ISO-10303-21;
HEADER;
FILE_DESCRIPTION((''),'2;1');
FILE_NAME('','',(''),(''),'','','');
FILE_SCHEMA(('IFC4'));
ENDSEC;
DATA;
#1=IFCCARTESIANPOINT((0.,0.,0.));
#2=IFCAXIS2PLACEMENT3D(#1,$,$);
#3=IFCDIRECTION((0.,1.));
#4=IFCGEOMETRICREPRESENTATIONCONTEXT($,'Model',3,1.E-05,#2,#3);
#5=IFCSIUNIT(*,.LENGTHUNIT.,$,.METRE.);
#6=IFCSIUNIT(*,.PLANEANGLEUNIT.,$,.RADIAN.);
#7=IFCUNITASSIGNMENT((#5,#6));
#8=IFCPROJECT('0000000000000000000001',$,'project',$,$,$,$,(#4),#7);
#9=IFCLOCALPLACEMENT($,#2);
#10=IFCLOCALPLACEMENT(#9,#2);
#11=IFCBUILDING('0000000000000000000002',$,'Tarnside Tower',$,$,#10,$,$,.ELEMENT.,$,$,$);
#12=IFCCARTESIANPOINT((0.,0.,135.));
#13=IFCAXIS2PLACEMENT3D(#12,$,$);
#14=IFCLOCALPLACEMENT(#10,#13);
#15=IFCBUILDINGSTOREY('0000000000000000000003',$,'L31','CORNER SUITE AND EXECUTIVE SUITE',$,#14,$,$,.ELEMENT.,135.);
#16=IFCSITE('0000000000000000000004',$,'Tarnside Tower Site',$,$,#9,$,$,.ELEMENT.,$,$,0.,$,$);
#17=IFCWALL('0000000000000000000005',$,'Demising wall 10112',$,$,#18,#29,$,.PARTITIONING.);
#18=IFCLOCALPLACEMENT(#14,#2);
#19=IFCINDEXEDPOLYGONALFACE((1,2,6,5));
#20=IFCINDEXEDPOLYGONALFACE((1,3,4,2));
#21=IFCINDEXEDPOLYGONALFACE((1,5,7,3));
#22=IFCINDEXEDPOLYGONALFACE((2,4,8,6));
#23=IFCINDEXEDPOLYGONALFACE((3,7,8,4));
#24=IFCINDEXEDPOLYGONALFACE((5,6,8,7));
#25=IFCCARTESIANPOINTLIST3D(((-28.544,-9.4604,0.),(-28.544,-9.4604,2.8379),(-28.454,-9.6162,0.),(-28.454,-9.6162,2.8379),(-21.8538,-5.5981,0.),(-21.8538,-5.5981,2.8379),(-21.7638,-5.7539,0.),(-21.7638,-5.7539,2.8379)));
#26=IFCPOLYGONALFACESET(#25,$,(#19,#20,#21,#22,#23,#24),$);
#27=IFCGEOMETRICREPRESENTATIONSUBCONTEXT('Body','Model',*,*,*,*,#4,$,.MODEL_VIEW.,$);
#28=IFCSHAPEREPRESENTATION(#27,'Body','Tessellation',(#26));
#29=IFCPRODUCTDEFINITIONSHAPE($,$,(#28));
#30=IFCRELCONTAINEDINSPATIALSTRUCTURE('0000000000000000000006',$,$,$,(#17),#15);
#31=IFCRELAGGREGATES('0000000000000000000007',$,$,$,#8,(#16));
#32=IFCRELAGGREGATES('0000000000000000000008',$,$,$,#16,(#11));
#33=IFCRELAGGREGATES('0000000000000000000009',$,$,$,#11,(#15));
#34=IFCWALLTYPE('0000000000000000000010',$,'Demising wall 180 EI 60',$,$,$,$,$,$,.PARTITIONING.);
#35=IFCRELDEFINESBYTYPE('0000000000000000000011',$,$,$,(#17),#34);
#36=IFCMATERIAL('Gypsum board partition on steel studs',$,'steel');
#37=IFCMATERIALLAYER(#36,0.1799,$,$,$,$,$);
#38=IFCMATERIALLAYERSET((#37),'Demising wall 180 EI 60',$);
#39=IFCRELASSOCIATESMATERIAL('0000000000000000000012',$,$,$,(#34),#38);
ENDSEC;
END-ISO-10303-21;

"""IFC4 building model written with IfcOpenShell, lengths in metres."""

from ifc_helpers import new_model, si_unit, direction, frame, frame_2d, origin, place, context, subcontext, project, spatial, rectangle, extrude, material, layer, layer_set, type_object, element, save


model = new_model("IFC4")

# Units and contexts
model_context = context("Model", 3, precision=1e-05, world=origin(), true_north=direction((0.0, 1.0)))
body_context = subcontext(model_context, "Body", "Model", "MODEL_VIEW")
ifc_project = project(units=[si_unit("LENGTHUNIT", "METRE"), si_unit("PLANEANGLEUNIT", "RADIAN")], contexts=[model_context])

# Site, building, storey
site_placement = place(None, origin())
site = spatial("IfcSite", under=ifc_project, at=site_placement, Name="Tarnside Tower Site", CompositionType="ELEMENT", RefElevation=0.0)
building_placement = place(site_placement, origin())
building = spatial("IfcBuilding", under=site, at=building_placement, Name="Tarnside Tower", CompositionType="ELEMENT")
storey_placement = place(building_placement, frame((0.0, 0.0, 135.0)))
storey = spatial("IfcBuildingStorey", under=building, at=storey_placement, Name="L31", Description="CORNER SUITE AND EXECUTIVE SUITE", CompositionType="ELEMENT", Elevation=135.0)

# Shared definitions
ifc_material_1 = material(Name="Gypsum board partition on steel studs", Category="steel")

# Wall
ifc_layer_1 = layer(ifc_material_1, 0.1799)
ifc_layer_set_1 = layer_set([ifc_layer_1], Name="Demising wall 180 EI 60")
wall_type_1 = type_object("IfcWallType", Name="Demising wall 180 EI 60", PredefinedType="PARTITIONING", material=ifc_layer_set_1)
wall_1_placement = place(storey_placement, frame((-28.499, -9.5383, 0.0), z_axis=(0.0, 0.0, 1.0), x_axis=(0.866041, 0.499973, 0.0)))
element("IfcWall", 1, at=wall_1_placement, inside=storey, type_object=wall_type_1, Name="Demising wall 10112", PredefinedType="PARTITIONING", context=body_context, shape_type="SweptSolid", body=[
    extrude(rectangle(XDim=7.7251, YDim=0.1799, at=frame_2d((3.8625, 0.0))), origin(), (0.0, 0.0, 1.0), 2.8379),
])

save(model, "model.ifc")
